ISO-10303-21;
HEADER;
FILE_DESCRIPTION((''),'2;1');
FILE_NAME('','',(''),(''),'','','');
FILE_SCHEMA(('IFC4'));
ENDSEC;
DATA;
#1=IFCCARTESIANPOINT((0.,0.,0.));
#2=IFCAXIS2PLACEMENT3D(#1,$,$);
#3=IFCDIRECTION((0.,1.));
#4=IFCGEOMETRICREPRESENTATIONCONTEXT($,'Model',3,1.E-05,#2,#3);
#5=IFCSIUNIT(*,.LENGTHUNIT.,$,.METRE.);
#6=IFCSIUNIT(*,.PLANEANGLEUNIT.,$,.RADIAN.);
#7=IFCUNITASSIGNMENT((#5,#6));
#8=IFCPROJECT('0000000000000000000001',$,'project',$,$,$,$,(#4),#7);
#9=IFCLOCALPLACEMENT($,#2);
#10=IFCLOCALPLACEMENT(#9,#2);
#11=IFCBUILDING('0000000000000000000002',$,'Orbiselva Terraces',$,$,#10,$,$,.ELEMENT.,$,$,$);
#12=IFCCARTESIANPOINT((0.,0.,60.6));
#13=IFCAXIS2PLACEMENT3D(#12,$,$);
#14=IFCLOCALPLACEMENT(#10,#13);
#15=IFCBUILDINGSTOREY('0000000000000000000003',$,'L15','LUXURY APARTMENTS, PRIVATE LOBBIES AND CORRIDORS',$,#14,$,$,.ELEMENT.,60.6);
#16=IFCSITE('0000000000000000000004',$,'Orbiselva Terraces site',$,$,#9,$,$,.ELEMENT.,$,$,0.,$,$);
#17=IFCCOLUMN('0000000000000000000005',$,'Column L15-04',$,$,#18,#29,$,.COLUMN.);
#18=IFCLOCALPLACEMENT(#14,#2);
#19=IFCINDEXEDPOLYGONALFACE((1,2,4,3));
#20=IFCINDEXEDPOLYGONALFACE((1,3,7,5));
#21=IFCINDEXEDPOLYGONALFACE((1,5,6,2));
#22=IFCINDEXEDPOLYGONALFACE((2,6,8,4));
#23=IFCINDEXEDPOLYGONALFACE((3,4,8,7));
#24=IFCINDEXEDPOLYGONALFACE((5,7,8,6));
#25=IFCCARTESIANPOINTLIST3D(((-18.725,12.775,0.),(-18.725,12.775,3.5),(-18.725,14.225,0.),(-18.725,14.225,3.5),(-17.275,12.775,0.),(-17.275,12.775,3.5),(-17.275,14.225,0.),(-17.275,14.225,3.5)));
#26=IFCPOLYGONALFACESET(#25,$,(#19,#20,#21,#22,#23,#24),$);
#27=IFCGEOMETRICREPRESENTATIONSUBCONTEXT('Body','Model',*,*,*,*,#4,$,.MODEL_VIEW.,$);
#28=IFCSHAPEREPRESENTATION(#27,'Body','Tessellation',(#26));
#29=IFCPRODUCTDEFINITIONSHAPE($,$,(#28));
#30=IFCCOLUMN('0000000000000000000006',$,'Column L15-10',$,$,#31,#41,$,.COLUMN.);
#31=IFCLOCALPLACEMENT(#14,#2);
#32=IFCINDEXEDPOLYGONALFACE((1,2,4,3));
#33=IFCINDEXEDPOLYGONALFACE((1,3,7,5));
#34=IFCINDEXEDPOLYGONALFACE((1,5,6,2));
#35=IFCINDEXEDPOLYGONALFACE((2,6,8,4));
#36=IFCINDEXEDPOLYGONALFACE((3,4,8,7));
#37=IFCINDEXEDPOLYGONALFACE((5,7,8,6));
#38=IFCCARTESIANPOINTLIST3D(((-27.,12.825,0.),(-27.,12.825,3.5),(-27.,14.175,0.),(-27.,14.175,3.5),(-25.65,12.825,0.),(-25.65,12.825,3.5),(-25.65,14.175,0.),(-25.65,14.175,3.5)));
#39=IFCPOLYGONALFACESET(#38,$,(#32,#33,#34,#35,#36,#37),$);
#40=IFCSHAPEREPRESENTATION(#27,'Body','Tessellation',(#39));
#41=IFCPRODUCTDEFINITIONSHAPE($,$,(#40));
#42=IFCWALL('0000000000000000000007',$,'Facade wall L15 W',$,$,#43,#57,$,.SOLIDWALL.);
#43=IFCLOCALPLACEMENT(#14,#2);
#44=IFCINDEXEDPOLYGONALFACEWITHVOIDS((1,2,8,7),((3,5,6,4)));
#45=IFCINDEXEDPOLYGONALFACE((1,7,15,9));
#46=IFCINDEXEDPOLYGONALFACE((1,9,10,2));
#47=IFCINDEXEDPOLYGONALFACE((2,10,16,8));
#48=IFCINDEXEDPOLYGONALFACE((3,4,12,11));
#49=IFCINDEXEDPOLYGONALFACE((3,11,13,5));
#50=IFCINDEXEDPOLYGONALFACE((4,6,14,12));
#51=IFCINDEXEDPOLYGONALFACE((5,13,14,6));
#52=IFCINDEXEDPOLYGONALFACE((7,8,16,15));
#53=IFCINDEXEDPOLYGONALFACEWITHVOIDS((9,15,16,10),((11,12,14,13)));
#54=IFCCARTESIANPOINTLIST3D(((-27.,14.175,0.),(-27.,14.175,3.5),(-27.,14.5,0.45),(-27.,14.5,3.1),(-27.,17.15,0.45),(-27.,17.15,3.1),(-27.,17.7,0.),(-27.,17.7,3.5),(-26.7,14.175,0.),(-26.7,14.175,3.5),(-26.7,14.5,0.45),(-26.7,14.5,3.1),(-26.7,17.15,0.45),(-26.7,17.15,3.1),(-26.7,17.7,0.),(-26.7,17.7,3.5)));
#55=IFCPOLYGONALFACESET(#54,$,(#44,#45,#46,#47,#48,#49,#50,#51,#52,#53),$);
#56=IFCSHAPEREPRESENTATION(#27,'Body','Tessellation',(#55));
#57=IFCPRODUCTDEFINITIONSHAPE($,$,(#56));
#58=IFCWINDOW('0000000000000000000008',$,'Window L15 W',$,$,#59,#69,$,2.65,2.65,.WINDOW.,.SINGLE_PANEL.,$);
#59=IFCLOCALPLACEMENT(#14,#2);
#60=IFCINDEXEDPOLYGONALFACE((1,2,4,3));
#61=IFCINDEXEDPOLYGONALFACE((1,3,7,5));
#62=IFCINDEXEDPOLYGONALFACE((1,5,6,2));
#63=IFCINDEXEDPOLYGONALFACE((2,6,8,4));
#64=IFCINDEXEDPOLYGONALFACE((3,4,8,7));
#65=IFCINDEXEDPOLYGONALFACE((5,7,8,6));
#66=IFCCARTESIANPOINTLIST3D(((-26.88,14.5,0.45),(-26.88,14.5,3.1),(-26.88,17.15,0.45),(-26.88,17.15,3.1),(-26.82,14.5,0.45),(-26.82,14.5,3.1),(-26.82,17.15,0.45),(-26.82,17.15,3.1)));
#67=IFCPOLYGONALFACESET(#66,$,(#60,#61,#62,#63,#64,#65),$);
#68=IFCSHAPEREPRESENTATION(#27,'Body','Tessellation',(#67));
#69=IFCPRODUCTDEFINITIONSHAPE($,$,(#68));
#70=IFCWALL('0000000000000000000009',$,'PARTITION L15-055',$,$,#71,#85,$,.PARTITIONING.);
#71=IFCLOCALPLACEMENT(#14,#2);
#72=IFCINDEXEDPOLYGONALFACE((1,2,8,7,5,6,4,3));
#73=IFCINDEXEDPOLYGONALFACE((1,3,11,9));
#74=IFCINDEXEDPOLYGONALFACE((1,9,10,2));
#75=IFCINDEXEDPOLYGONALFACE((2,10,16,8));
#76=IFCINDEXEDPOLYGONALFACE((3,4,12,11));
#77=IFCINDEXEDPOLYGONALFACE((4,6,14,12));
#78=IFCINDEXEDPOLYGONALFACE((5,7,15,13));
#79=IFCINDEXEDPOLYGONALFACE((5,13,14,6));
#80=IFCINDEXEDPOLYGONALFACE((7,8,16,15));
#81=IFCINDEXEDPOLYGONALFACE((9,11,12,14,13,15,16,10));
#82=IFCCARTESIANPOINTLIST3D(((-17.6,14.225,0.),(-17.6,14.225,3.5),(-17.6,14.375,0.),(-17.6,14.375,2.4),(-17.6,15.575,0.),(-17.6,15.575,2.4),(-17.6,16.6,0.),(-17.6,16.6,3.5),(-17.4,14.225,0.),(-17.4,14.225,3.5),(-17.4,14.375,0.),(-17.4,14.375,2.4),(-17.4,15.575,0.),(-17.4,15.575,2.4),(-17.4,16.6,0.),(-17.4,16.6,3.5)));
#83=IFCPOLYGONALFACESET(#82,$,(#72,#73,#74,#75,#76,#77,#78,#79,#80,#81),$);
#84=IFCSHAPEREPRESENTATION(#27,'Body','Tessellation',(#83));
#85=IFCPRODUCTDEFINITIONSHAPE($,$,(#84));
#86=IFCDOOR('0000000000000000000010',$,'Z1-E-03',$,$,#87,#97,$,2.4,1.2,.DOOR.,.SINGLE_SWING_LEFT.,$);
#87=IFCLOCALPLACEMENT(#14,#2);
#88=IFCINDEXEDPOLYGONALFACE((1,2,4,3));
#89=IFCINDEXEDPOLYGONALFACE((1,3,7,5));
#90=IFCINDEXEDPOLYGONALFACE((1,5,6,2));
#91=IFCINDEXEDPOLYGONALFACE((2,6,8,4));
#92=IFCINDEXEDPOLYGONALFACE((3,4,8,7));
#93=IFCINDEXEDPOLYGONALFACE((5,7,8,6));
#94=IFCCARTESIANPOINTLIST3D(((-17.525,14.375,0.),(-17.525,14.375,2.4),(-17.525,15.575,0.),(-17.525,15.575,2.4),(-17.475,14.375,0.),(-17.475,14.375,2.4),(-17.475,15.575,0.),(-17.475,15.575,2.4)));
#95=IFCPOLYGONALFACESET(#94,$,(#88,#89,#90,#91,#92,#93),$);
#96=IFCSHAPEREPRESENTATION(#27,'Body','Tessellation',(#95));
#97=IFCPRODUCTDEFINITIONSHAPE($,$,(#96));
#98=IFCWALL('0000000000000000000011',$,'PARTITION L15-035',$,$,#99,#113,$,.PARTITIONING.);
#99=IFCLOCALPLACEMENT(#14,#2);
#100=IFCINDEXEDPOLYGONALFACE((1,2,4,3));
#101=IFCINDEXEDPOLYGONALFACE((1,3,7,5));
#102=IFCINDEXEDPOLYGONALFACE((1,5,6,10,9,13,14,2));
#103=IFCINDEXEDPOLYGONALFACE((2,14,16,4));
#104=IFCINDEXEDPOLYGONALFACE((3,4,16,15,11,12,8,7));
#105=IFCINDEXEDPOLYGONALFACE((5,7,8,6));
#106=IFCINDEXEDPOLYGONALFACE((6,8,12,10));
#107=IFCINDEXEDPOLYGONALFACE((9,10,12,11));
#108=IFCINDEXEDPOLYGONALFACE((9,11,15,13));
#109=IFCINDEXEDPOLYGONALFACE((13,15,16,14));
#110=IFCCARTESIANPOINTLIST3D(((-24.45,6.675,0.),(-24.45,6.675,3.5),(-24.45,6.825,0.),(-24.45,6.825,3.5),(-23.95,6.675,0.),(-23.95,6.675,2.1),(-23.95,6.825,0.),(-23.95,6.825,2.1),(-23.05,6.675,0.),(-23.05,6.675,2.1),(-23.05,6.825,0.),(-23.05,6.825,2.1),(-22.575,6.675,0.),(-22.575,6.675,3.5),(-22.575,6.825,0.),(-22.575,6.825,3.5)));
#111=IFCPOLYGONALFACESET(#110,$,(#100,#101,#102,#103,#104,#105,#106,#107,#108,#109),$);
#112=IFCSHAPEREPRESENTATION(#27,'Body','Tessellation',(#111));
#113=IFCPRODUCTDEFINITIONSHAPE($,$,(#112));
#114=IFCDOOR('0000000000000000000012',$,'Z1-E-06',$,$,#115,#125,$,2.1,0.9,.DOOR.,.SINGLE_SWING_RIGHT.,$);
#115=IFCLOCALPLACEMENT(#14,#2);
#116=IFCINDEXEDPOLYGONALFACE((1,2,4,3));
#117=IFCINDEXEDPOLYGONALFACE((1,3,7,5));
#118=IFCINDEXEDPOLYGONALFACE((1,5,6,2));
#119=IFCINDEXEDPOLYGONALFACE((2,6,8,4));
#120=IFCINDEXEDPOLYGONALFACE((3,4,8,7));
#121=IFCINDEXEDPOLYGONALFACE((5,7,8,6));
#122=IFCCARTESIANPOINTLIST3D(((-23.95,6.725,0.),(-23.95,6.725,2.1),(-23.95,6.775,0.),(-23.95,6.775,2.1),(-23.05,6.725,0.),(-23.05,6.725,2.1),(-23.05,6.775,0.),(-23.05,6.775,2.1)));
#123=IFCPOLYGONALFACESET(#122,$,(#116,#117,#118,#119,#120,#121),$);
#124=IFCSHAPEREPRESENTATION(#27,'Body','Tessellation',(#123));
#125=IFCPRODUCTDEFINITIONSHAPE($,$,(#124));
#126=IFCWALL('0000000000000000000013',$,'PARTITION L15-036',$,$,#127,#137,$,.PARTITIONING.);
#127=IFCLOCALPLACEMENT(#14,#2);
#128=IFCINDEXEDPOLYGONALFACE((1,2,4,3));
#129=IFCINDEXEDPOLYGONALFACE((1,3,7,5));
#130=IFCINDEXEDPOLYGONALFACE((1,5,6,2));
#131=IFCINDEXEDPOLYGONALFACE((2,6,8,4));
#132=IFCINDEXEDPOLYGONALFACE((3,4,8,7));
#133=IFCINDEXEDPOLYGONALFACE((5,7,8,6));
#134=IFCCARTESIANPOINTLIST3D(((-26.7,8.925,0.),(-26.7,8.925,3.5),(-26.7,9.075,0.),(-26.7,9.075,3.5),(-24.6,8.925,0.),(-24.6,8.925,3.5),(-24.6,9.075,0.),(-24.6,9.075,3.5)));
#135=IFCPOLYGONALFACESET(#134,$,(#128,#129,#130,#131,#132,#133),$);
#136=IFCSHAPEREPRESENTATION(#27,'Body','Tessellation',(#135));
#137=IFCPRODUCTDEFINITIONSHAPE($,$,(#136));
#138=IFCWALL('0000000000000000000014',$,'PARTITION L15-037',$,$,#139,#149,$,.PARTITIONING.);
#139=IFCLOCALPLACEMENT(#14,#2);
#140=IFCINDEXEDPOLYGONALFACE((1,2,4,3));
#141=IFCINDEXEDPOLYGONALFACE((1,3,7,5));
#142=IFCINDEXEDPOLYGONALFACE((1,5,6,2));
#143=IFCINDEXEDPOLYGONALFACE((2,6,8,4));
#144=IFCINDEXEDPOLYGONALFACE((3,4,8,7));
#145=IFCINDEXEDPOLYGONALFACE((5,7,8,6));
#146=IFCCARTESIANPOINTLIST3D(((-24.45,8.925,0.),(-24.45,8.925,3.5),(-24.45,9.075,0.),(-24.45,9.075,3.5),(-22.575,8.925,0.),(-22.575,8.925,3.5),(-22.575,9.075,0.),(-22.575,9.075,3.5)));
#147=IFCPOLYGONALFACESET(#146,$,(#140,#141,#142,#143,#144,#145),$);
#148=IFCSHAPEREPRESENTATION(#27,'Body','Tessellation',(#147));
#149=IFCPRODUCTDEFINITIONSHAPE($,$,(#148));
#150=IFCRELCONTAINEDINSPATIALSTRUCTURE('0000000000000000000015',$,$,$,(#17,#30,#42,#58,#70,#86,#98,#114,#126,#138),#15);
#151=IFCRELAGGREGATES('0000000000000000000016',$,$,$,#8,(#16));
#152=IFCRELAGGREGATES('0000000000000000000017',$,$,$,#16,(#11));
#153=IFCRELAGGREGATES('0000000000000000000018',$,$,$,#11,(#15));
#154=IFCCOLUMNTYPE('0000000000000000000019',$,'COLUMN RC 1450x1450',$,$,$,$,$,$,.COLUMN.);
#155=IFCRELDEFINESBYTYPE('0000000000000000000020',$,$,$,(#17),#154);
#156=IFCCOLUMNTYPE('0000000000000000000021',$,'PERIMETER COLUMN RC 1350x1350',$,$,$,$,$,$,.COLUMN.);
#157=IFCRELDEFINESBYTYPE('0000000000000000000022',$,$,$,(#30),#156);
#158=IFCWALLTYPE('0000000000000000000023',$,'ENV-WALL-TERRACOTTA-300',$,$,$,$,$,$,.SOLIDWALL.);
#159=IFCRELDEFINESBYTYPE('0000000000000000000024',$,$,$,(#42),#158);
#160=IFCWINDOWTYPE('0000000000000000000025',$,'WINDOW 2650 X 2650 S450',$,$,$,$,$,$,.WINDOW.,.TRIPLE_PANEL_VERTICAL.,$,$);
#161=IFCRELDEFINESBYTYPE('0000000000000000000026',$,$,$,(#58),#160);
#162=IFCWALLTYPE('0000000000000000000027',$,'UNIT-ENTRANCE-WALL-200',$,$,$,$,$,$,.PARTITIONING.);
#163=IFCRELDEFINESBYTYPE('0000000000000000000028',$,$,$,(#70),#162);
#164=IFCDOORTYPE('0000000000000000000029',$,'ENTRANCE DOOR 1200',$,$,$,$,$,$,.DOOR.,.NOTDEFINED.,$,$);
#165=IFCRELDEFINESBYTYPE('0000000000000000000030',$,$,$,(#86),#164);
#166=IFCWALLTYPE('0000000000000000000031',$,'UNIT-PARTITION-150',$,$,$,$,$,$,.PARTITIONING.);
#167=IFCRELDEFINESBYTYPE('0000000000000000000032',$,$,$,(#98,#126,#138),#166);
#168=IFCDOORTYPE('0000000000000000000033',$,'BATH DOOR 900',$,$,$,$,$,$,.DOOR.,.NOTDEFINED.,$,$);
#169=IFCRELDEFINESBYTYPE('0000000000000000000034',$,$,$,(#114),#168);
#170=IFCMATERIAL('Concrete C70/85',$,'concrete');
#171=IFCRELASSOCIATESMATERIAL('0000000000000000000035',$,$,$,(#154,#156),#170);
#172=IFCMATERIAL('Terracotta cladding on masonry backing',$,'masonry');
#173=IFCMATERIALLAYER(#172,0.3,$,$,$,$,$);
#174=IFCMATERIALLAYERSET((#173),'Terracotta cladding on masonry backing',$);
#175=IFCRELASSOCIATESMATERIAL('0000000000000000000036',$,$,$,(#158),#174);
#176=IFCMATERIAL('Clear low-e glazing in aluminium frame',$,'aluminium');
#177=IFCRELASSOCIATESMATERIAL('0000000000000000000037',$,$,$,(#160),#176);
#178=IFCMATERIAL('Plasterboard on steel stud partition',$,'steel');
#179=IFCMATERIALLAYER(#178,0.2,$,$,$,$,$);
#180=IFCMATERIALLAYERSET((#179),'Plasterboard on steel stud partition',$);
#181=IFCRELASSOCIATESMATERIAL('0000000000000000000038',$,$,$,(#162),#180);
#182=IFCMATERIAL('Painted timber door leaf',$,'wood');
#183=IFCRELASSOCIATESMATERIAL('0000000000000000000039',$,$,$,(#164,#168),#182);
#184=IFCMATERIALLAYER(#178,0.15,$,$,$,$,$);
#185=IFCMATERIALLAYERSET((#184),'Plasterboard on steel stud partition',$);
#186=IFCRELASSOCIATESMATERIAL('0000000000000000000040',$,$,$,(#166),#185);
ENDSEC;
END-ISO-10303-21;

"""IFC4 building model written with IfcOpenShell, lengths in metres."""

from ifc_helpers import new_model, si_unit, direction, frame, frame_2d, origin, origin_2d, place, context, subcontext, project, spatial, rectangle, extrude, material, layer, layer_set, material_profile, profile_set, type_object, element, fill, save


model = new_model("IFC4")

# Units and contexts
model_context = context("Model", 3, precision=1e-05, world=origin(), true_north=direction((0.0, 1.0)))
body_context = subcontext(model_context, "Body", "Model", "MODEL_VIEW")
ifc_project = project(units=[si_unit("LENGTHUNIT", "METRE"), si_unit("PLANEANGLEUNIT", "RADIAN")], contexts=[model_context])

# Site, building, storey
site_placement = place(None, origin())
site = spatial("IfcSite", under=ifc_project, at=site_placement, Name="Orbiselva Terraces site", CompositionType="ELEMENT", RefElevation=0.0)
building_placement = place(site_placement, origin())
building = spatial("IfcBuilding", under=site, at=building_placement, Name="Orbiselva Terraces", CompositionType="ELEMENT")
storey_placement = place(building_placement, frame((0.0, 0.0, 60.6)))
storey = spatial("IfcBuildingStorey", under=building, at=storey_placement, Name="L15", Description="LUXURY APARTMENTS, PRIVATE LOBBIES AND CORRIDORS", CompositionType="ELEMENT", Elevation=60.6)

# Columns
ifc_material_1 = material(Name="Concrete C70/85", Category="concrete")
ifc_material_profile_1 = material_profile(ifc_material_1, rectangle(XDim=1.45, YDim=1.45, at=origin_2d()), Name="RC 1450x1450")
ifc_profile_set_1 = profile_set([ifc_material_profile_1], Name="Concrete C70/85")
column_type_1 = type_object("IfcColumnType", Name="COLUMN RC 1450x1450", PredefinedType="COLUMN", material=ifc_profile_set_1)
column_1_placement = place(storey_placement, frame((-18.0, 13.5, 0.0), z_axis=(0.0, 0.0, 1.0), x_axis=(1.0, 0.0, 0.0)))
element("IfcColumn", 1, at=column_1_placement, inside=storey, type_object=column_type_1, Name="Column L15-04", PredefinedType="COLUMN", context=body_context, shape_type="SweptSolid", body=[
    extrude(rectangle(XDim=1.45, YDim=1.45, at=origin_2d()), origin(), (0.0, 0.0, 1.0), 3.5),
])
ifc_material_profile_2 = material_profile(ifc_material_1, rectangle(XDim=1.35, YDim=1.35, at=origin_2d()), Name="RC 1350x1350")
ifc_profile_set_2 = profile_set([ifc_material_profile_2], Name="Concrete C70/85")
column_type_2 = type_object("IfcColumnType", Name="PERIMETER COLUMN RC 1350x1350", PredefinedType="COLUMN", material=ifc_profile_set_2)
column_2_placement = place(storey_placement, frame((-26.325, 13.5, 0.0), z_axis=(0.0, 0.0, 1.0), x_axis=(1.0, 0.0, 0.0)))
element("IfcColumn", 2, at=column_2_placement, inside=storey, type_object=column_type_2, Name="Column L15-10", PredefinedType="COLUMN", context=body_context, shape_type="SweptSolid", body=[
    extrude(rectangle(XDim=1.35, YDim=1.35, at=origin_2d()), origin(), (0.0, 0.0, 1.0), 3.5),
])

# Wall, opening, window
ifc_material_2 = material(Name="Terracotta cladding on masonry backing", Category="masonry")
ifc_layer_1 = layer(ifc_material_2, 0.3)
ifc_layer_set_1 = layer_set([ifc_layer_1], Name="Terracotta cladding on masonry backing")
wall_type_1 = type_object("IfcWallType", Name="ENV-WALL-TERRACOTTA-300", PredefinedType="SOLIDWALL", material=ifc_layer_set_1)
wall_1_placement = place(storey_placement, frame((-26.85, 14.175, 0.0), z_axis=(0.0, 0.0, 1.0), x_axis=(0.0, 1.0, 0.0)))
wall_1 = element("IfcWall", 3, at=wall_1_placement, inside=storey, type_object=wall_type_1, Name="Facade wall L15 W", PredefinedType="SOLIDWALL", context=body_context, shape_type="SweptSolid", body=[
    extrude(rectangle(XDim=3.525, YDim=0.3, at=frame_2d((1.7625, 0.0))), origin(), (0.0, 0.0, 1.0), 3.5),
])
opening_1_placement = place(wall_1_placement, frame((0.325, 0.0, 0.45)))
opening_1 = element("IfcOpeningElement", 4, at=opening_1_placement, cuts=wall_1, PredefinedType="OPENING", context=body_context, shape_type="SweptSolid", body=[
    extrude(rectangle(XDim=2.65, YDim=2.65, at=frame_2d((1.325, 1.325))), frame((0.0, 0.16, 0.0), z_axis=(0.0, -1.0, 0.0), x_axis=(1.0, 0.0, 0.0)), (0.0, 0.0, 1.0), 0.32),
])
ifc_material_3 = material(Name="Clear low-e glazing in aluminium frame", Category="aluminium")
window_type = type_object("IfcWindowType", Name="WINDOW 2650 X 2650 S450", PartitioningType="TRIPLE_PANEL_VERTICAL", PredefinedType="WINDOW", material=ifc_material_3)
window_placement = place(opening_1_placement, origin())
window = element("IfcWindow", 5, at=window_placement, inside=storey, type_object=window_type, Name="Window L15 W", OverallHeight=2.65, OverallWidth=2.65, PartitioningType="SINGLE_PANEL", PredefinedType="WINDOW", context=body_context, shape_type="SweptSolid", body=[
    extrude(rectangle(XDim=2.65, YDim=2.65, at=frame_2d((1.325, 1.325))), frame((0.0, 0.03, 0.0), z_axis=(0.0, -1.0, 0.0), x_axis=(1.0, 0.0, 0.0)), (0.0, 0.0, 1.0), 0.06),
])
fill(opening_1, window)

# Walls, openings, doors
ifc_material_4 = material(Name="Plasterboard on steel stud partition", Category="steel")
ifc_layer_2 = layer(ifc_material_4, 0.2)
ifc_layer_set_2 = layer_set([ifc_layer_2], Name="Plasterboard on steel stud partition")
wall_type_2 = type_object("IfcWallType", Name="UNIT-ENTRANCE-WALL-200", PredefinedType="PARTITIONING", material=ifc_layer_set_2)
wall_2_placement = place(storey_placement, frame((-17.5, 14.225, 0.0), z_axis=(0.0, 0.0, 1.0), x_axis=(0.0, 1.0, 0.0)))
wall_2 = element("IfcWall", 6, at=wall_2_placement, inside=storey, type_object=wall_type_2, Name="PARTITION L15-055", PredefinedType="PARTITIONING", context=body_context, shape_type="SweptSolid", body=[
    extrude(rectangle(XDim=2.375, YDim=0.2, at=frame_2d((1.1875, 0.0))), origin(), (0.0, 0.0, 1.0), 3.5),
])
opening_2_placement = place(wall_2_placement, frame((0.15, 0.0, 0.0)))
opening_2 = element("IfcOpeningElement", 7, at=opening_2_placement, cuts=wall_2, PredefinedType="OPENING", context=body_context, shape_type="SweptSolid", body=[
    extrude(rectangle(XDim=1.2, YDim=2.4, at=frame_2d((0.6, 1.2))), frame((0.0, 0.11, 0.0), z_axis=(0.0, -1.0, 0.0), x_axis=(1.0, 0.0, 0.0)), (0.0, 0.0, 1.0), 0.22),
])
ifc_material_5 = material(Name="Painted timber door leaf", Category="wood")
door_type_1 = type_object("IfcDoorType", Name="ENTRANCE DOOR 1200", OperationType="NOTDEFINED", PredefinedType="DOOR", material=ifc_material_5)
door_1_placement = place(opening_2_placement, origin())
door_1 = element("IfcDoor", 8, at=door_1_placement, inside=storey, type_object=door_type_1, Name="Z1-E-03", OperationType="SINGLE_SWING_LEFT", OverallHeight=2.4, OverallWidth=1.2, PredefinedType="DOOR", context=body_context, shape_type="SweptSolid", body=[
    extrude(rectangle(XDim=1.2, YDim=2.4, at=frame_2d((0.6, 1.2))), frame((0.0, 0.025, 0.0), z_axis=(0.0, -1.0, 0.0), x_axis=(1.0, 0.0, 0.0)), (0.0, 0.0, 1.0), 0.05),
])
fill(opening_2, door_1)
ifc_layer_3 = layer(ifc_material_4, 0.15)
ifc_layer_set_3 = layer_set([ifc_layer_3], Name="Plasterboard on steel stud partition")
wall_type_3 = type_object("IfcWallType", Name="UNIT-PARTITION-150", PredefinedType="PARTITIONING", material=ifc_layer_set_3)
wall_3_placement = place(storey_placement, frame((-24.45, 6.75, 0.0), z_axis=(0.0, 0.0, 1.0), x_axis=(1.0, 0.0, 0.0)))
wall_3 = element("IfcWall", 9, at=wall_3_placement, inside=storey, type_object=wall_type_3, Name="PARTITION L15-035", PredefinedType="PARTITIONING", context=body_context, shape_type="SweptSolid", body=[
    extrude(rectangle(XDim=1.875, YDim=0.15, at=frame_2d((0.9375, 0.0))), origin(), (0.0, 0.0, 1.0), 3.5),
])
opening_3_placement = place(wall_3_placement, frame((0.5, 0.0, 0.0)))
opening_3 = element("IfcOpeningElement", 10, at=opening_3_placement, cuts=wall_3, PredefinedType="OPENING", context=body_context, shape_type="SweptSolid", body=[
    extrude(rectangle(XDim=0.9, YDim=2.1, at=frame_2d((0.45, 1.05))), frame((0.0, 0.085, 0.0), z_axis=(0.0, -1.0, 0.0), x_axis=(1.0, 0.0, 0.0)), (0.0, 0.0, 1.0), 0.17),
])
door_type_2 = type_object("IfcDoorType", Name="BATH DOOR 900", OperationType="NOTDEFINED", PredefinedType="DOOR", material=ifc_material_5)
door_2_placement = place(opening_3_placement, origin())
door_2 = element("IfcDoor", 11, at=door_2_placement, inside=storey, type_object=door_type_2, Name="Z1-E-06", OperationType="SINGLE_SWING_RIGHT", OverallHeight=2.1, OverallWidth=0.9, PredefinedType="DOOR", context=body_context, shape_type="SweptSolid", body=[
    extrude(rectangle(XDim=0.9, YDim=2.1, at=frame_2d((0.45, 1.05))), frame((0.0, 0.025, 0.0), z_axis=(0.0, -1.0, 0.0), x_axis=(1.0, 0.0, 0.0)), (0.0, 0.0, 1.0), 0.05),
])
fill(opening_3, door_2)

# Walls
wall_4_placement = place(storey_placement, frame((-26.7, 9.0, 0.0), z_axis=(0.0, 0.0, 1.0), x_axis=(1.0, 0.0, 0.0)))
element("IfcWall", 12, at=wall_4_placement, inside=storey, type_object=wall_type_3, Name="PARTITION L15-036", PredefinedType="PARTITIONING", context=body_context, shape_type="SweptSolid", body=[
    extrude(rectangle(XDim=2.1, YDim=0.15, at=frame_2d((1.05, 0.0))), origin(), (0.0, 0.0, 1.0), 3.5),
])
wall_5_placement = place(storey_placement, frame((-24.45, 9.0, 0.0), z_axis=(0.0, 0.0, 1.0), x_axis=(1.0, 0.0, 0.0)))
element("IfcWall", 13, at=wall_5_placement, inside=storey, type_object=wall_type_3, Name="PARTITION L15-037", PredefinedType="PARTITIONING", context=body_context, shape_type="SweptSolid", body=[
    extrude(rectangle(XDim=1.875, YDim=0.15, at=frame_2d((0.9375, 0.0))), origin(), (0.0, 0.0, 1.0), 3.5),
])

save(model, "model.ifc")
